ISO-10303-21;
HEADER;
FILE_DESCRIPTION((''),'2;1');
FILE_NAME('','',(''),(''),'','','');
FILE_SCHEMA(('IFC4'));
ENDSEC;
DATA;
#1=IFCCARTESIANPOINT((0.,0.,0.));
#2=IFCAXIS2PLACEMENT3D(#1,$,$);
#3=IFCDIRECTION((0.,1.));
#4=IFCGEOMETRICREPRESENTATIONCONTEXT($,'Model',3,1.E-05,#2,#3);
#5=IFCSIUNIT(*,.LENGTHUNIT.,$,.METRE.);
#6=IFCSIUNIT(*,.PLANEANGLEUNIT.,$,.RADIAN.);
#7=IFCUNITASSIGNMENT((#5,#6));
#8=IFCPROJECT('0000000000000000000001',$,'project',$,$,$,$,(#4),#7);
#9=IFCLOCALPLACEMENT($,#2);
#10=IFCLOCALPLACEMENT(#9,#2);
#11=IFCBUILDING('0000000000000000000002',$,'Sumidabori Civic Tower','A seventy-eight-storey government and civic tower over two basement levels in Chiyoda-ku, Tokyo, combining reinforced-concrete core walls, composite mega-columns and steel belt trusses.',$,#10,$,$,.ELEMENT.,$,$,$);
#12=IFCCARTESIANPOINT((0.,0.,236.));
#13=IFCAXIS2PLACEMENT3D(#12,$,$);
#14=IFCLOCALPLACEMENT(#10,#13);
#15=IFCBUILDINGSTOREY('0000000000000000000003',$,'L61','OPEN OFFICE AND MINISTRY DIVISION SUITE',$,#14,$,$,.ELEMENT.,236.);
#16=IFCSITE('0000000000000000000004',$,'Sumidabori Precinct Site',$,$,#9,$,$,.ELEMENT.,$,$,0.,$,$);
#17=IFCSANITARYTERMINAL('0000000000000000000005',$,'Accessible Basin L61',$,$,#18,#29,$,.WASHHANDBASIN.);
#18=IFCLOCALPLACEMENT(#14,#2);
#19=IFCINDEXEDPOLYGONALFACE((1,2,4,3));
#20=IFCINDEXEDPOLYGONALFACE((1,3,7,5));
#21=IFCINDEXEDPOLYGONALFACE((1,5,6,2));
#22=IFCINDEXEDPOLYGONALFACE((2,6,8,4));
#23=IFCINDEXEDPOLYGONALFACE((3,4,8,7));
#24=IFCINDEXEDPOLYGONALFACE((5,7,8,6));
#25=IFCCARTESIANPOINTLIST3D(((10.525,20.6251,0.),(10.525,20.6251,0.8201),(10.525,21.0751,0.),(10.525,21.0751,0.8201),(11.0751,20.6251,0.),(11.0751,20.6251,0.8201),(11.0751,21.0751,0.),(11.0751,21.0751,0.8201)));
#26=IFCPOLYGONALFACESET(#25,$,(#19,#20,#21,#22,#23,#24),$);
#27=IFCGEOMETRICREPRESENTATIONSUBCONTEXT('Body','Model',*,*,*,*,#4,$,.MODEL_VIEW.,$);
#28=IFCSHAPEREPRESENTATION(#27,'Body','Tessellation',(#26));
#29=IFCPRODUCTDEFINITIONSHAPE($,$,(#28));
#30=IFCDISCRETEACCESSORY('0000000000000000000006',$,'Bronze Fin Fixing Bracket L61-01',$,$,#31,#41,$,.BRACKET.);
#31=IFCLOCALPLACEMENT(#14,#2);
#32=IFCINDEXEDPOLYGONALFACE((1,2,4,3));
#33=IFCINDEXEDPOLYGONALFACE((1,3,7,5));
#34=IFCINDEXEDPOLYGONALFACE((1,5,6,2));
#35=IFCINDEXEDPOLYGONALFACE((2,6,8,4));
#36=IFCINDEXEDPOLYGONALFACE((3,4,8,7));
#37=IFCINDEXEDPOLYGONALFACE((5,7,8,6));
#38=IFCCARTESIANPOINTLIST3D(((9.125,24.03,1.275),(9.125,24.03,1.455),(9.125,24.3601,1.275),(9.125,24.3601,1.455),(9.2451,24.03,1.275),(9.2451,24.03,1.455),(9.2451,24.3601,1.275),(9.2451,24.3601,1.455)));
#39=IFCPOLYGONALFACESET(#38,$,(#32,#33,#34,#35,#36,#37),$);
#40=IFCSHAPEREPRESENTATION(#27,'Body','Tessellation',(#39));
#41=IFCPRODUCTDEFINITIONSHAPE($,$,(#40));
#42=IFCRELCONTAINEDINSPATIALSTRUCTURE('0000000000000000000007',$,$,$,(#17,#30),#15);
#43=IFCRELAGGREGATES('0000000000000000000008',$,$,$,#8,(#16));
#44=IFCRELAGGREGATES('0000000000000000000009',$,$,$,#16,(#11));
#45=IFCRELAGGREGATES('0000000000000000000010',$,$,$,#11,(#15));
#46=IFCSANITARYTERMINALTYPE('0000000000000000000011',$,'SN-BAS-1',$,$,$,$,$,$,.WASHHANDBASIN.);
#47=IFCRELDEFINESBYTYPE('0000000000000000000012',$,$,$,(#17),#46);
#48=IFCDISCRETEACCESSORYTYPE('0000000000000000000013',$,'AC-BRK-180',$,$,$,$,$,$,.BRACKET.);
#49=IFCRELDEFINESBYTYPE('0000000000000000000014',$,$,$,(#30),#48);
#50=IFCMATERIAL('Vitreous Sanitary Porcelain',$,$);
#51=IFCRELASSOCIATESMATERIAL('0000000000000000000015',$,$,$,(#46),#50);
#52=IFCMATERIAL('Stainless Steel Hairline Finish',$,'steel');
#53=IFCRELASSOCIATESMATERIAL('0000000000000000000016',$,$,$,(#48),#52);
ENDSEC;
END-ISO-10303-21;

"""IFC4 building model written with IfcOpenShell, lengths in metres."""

from ifc_helpers import new_model, si_unit, direction, frame, origin, origin_2d, place, context, subcontext, project, spatial, rectangle, extrude, source, transform, mapped, material, material_profile, profile_set, type_object, element, save


model = new_model("IFC4")

# Units and contexts
model_context = context("Model", 3, precision=1e-05, world=origin(), true_north=direction((0.0, 1.0)))
body_context = subcontext(model_context, "Body", "Model", "MODEL_VIEW")
ifc_project = project(units=[si_unit("LENGTHUNIT", "METRE"), si_unit("PLANEANGLEUNIT", "RADIAN")], contexts=[model_context])

# Site, building, storey
site_placement = place(None, origin())
site = spatial("IfcSite", under=ifc_project, at=site_placement, Name="Sumidabori Precinct Site", CompositionType="ELEMENT", RefElevation=0.0)
building_placement = place(site_placement, origin())
building = spatial("IfcBuilding", under=site, at=building_placement, Name="Sumidabori Civic Tower", Description="A seventy-eight-storey government and civic tower over two basement levels in Chiyoda-ku, Tokyo, combining reinforced-concrete core walls, composite mega-columns and steel belt trusses.", CompositionType="ELEMENT")
storey_placement = place(building_placement, frame((0.0, 0.0, 236.0)))
storey = spatial("IfcBuildingStorey", under=building, at=storey_placement, Name="L61", Description="OPEN OFFICE AND MINISTRY DIVISION SUITE", CompositionType="ELEMENT", Elevation=236.0)

# Shared definitions
ifc_material_1 = material(Name="Stainless Steel Hairline Finish", Category="steel")

# Sanitary terminal
ifc_material_2 = material(Name="Vitreous Sanitary Porcelain")
sanitary_terminal_type_1 = type_object("IfcSanitaryTerminalType", Name="SN-BAS-1", PredefinedType="WASHHANDBASIN", material=ifc_material_2)
shared_shape_1 = source(origin(), body_context, "Body", "SweptSolid", [
    extrude(rectangle(XDim=0.55, YDim=0.45, at=origin_2d()), origin(), (0.0, 0.0, 1.0), 0.8201),
])
sanitary_terminal_1_placement = place(storey_placement, frame((10.8, 20.8501, 0.0), z_axis=(0.0, 0.0, 1.0), x_axis=(1.0, 0.0, 0.0)))
element("IfcSanitaryTerminal", 1, at=sanitary_terminal_1_placement, inside=storey, type_object=sanitary_terminal_type_1, Name="Accessible Basin L61", PredefinedType="WASHHANDBASIN", context=body_context, shape_type="MappedRepresentation", body=[
    mapped(shared_shape_1, transform((0.0, 0.0, 0.0), x_axis=(1.0, 0.0, 0.0), y_axis=(0.0, 1.0, 0.0), z_axis=(0.0, 0.0, 1.0), scale=1.0)),
])

# Discrete accessory
ifc_material_profile_1 = material_profile(ifc_material_1, rectangle(XDim=0.1201, YDim=0.1799, at=origin_2d()), Name="STEEL BRACKET 180x120")
ifc_profile_set_1 = profile_set([ifc_material_profile_1], Name="Stainless Steel Hairline Finish")
discrete_accessory_type = type_object("IfcDiscreteAccessoryType", Name="AC-BRK-180", PredefinedType="BRACKET", material=ifc_profile_set_1)
shared_shape_2 = source(origin(), body_context, "Body", "SweptSolid", [
    extrude(rectangle(XDim=0.1201, YDim=0.1799, at=origin_2d()), origin(), (0.0, 0.0, 1.0), 0.3301),
])
discrete_accessory_placement = place(storey_placement, frame((9.1851, 24.03, 1.365), z_axis=(0.0, 1.0, 0.0), x_axis=(-1.0, 0.0, 0.0)))
element("IfcDiscreteAccessory", 2, at=discrete_accessory_placement, inside=storey, type_object=discrete_accessory_type, Name="Bronze Fin Fixing Bracket L61-01", PredefinedType="BRACKET", context=body_context, shape_type="MappedRepresentation", body=[
    mapped(shared_shape_2, transform((0.0, 0.0, 0.0), x_axis=(1.0, 0.0, 0.0), y_axis=(0.0, 1.0, 0.0), z_axis=(0.0, 0.0, 1.0), scale=1.0)),
])

save(model, "model.ifc")
